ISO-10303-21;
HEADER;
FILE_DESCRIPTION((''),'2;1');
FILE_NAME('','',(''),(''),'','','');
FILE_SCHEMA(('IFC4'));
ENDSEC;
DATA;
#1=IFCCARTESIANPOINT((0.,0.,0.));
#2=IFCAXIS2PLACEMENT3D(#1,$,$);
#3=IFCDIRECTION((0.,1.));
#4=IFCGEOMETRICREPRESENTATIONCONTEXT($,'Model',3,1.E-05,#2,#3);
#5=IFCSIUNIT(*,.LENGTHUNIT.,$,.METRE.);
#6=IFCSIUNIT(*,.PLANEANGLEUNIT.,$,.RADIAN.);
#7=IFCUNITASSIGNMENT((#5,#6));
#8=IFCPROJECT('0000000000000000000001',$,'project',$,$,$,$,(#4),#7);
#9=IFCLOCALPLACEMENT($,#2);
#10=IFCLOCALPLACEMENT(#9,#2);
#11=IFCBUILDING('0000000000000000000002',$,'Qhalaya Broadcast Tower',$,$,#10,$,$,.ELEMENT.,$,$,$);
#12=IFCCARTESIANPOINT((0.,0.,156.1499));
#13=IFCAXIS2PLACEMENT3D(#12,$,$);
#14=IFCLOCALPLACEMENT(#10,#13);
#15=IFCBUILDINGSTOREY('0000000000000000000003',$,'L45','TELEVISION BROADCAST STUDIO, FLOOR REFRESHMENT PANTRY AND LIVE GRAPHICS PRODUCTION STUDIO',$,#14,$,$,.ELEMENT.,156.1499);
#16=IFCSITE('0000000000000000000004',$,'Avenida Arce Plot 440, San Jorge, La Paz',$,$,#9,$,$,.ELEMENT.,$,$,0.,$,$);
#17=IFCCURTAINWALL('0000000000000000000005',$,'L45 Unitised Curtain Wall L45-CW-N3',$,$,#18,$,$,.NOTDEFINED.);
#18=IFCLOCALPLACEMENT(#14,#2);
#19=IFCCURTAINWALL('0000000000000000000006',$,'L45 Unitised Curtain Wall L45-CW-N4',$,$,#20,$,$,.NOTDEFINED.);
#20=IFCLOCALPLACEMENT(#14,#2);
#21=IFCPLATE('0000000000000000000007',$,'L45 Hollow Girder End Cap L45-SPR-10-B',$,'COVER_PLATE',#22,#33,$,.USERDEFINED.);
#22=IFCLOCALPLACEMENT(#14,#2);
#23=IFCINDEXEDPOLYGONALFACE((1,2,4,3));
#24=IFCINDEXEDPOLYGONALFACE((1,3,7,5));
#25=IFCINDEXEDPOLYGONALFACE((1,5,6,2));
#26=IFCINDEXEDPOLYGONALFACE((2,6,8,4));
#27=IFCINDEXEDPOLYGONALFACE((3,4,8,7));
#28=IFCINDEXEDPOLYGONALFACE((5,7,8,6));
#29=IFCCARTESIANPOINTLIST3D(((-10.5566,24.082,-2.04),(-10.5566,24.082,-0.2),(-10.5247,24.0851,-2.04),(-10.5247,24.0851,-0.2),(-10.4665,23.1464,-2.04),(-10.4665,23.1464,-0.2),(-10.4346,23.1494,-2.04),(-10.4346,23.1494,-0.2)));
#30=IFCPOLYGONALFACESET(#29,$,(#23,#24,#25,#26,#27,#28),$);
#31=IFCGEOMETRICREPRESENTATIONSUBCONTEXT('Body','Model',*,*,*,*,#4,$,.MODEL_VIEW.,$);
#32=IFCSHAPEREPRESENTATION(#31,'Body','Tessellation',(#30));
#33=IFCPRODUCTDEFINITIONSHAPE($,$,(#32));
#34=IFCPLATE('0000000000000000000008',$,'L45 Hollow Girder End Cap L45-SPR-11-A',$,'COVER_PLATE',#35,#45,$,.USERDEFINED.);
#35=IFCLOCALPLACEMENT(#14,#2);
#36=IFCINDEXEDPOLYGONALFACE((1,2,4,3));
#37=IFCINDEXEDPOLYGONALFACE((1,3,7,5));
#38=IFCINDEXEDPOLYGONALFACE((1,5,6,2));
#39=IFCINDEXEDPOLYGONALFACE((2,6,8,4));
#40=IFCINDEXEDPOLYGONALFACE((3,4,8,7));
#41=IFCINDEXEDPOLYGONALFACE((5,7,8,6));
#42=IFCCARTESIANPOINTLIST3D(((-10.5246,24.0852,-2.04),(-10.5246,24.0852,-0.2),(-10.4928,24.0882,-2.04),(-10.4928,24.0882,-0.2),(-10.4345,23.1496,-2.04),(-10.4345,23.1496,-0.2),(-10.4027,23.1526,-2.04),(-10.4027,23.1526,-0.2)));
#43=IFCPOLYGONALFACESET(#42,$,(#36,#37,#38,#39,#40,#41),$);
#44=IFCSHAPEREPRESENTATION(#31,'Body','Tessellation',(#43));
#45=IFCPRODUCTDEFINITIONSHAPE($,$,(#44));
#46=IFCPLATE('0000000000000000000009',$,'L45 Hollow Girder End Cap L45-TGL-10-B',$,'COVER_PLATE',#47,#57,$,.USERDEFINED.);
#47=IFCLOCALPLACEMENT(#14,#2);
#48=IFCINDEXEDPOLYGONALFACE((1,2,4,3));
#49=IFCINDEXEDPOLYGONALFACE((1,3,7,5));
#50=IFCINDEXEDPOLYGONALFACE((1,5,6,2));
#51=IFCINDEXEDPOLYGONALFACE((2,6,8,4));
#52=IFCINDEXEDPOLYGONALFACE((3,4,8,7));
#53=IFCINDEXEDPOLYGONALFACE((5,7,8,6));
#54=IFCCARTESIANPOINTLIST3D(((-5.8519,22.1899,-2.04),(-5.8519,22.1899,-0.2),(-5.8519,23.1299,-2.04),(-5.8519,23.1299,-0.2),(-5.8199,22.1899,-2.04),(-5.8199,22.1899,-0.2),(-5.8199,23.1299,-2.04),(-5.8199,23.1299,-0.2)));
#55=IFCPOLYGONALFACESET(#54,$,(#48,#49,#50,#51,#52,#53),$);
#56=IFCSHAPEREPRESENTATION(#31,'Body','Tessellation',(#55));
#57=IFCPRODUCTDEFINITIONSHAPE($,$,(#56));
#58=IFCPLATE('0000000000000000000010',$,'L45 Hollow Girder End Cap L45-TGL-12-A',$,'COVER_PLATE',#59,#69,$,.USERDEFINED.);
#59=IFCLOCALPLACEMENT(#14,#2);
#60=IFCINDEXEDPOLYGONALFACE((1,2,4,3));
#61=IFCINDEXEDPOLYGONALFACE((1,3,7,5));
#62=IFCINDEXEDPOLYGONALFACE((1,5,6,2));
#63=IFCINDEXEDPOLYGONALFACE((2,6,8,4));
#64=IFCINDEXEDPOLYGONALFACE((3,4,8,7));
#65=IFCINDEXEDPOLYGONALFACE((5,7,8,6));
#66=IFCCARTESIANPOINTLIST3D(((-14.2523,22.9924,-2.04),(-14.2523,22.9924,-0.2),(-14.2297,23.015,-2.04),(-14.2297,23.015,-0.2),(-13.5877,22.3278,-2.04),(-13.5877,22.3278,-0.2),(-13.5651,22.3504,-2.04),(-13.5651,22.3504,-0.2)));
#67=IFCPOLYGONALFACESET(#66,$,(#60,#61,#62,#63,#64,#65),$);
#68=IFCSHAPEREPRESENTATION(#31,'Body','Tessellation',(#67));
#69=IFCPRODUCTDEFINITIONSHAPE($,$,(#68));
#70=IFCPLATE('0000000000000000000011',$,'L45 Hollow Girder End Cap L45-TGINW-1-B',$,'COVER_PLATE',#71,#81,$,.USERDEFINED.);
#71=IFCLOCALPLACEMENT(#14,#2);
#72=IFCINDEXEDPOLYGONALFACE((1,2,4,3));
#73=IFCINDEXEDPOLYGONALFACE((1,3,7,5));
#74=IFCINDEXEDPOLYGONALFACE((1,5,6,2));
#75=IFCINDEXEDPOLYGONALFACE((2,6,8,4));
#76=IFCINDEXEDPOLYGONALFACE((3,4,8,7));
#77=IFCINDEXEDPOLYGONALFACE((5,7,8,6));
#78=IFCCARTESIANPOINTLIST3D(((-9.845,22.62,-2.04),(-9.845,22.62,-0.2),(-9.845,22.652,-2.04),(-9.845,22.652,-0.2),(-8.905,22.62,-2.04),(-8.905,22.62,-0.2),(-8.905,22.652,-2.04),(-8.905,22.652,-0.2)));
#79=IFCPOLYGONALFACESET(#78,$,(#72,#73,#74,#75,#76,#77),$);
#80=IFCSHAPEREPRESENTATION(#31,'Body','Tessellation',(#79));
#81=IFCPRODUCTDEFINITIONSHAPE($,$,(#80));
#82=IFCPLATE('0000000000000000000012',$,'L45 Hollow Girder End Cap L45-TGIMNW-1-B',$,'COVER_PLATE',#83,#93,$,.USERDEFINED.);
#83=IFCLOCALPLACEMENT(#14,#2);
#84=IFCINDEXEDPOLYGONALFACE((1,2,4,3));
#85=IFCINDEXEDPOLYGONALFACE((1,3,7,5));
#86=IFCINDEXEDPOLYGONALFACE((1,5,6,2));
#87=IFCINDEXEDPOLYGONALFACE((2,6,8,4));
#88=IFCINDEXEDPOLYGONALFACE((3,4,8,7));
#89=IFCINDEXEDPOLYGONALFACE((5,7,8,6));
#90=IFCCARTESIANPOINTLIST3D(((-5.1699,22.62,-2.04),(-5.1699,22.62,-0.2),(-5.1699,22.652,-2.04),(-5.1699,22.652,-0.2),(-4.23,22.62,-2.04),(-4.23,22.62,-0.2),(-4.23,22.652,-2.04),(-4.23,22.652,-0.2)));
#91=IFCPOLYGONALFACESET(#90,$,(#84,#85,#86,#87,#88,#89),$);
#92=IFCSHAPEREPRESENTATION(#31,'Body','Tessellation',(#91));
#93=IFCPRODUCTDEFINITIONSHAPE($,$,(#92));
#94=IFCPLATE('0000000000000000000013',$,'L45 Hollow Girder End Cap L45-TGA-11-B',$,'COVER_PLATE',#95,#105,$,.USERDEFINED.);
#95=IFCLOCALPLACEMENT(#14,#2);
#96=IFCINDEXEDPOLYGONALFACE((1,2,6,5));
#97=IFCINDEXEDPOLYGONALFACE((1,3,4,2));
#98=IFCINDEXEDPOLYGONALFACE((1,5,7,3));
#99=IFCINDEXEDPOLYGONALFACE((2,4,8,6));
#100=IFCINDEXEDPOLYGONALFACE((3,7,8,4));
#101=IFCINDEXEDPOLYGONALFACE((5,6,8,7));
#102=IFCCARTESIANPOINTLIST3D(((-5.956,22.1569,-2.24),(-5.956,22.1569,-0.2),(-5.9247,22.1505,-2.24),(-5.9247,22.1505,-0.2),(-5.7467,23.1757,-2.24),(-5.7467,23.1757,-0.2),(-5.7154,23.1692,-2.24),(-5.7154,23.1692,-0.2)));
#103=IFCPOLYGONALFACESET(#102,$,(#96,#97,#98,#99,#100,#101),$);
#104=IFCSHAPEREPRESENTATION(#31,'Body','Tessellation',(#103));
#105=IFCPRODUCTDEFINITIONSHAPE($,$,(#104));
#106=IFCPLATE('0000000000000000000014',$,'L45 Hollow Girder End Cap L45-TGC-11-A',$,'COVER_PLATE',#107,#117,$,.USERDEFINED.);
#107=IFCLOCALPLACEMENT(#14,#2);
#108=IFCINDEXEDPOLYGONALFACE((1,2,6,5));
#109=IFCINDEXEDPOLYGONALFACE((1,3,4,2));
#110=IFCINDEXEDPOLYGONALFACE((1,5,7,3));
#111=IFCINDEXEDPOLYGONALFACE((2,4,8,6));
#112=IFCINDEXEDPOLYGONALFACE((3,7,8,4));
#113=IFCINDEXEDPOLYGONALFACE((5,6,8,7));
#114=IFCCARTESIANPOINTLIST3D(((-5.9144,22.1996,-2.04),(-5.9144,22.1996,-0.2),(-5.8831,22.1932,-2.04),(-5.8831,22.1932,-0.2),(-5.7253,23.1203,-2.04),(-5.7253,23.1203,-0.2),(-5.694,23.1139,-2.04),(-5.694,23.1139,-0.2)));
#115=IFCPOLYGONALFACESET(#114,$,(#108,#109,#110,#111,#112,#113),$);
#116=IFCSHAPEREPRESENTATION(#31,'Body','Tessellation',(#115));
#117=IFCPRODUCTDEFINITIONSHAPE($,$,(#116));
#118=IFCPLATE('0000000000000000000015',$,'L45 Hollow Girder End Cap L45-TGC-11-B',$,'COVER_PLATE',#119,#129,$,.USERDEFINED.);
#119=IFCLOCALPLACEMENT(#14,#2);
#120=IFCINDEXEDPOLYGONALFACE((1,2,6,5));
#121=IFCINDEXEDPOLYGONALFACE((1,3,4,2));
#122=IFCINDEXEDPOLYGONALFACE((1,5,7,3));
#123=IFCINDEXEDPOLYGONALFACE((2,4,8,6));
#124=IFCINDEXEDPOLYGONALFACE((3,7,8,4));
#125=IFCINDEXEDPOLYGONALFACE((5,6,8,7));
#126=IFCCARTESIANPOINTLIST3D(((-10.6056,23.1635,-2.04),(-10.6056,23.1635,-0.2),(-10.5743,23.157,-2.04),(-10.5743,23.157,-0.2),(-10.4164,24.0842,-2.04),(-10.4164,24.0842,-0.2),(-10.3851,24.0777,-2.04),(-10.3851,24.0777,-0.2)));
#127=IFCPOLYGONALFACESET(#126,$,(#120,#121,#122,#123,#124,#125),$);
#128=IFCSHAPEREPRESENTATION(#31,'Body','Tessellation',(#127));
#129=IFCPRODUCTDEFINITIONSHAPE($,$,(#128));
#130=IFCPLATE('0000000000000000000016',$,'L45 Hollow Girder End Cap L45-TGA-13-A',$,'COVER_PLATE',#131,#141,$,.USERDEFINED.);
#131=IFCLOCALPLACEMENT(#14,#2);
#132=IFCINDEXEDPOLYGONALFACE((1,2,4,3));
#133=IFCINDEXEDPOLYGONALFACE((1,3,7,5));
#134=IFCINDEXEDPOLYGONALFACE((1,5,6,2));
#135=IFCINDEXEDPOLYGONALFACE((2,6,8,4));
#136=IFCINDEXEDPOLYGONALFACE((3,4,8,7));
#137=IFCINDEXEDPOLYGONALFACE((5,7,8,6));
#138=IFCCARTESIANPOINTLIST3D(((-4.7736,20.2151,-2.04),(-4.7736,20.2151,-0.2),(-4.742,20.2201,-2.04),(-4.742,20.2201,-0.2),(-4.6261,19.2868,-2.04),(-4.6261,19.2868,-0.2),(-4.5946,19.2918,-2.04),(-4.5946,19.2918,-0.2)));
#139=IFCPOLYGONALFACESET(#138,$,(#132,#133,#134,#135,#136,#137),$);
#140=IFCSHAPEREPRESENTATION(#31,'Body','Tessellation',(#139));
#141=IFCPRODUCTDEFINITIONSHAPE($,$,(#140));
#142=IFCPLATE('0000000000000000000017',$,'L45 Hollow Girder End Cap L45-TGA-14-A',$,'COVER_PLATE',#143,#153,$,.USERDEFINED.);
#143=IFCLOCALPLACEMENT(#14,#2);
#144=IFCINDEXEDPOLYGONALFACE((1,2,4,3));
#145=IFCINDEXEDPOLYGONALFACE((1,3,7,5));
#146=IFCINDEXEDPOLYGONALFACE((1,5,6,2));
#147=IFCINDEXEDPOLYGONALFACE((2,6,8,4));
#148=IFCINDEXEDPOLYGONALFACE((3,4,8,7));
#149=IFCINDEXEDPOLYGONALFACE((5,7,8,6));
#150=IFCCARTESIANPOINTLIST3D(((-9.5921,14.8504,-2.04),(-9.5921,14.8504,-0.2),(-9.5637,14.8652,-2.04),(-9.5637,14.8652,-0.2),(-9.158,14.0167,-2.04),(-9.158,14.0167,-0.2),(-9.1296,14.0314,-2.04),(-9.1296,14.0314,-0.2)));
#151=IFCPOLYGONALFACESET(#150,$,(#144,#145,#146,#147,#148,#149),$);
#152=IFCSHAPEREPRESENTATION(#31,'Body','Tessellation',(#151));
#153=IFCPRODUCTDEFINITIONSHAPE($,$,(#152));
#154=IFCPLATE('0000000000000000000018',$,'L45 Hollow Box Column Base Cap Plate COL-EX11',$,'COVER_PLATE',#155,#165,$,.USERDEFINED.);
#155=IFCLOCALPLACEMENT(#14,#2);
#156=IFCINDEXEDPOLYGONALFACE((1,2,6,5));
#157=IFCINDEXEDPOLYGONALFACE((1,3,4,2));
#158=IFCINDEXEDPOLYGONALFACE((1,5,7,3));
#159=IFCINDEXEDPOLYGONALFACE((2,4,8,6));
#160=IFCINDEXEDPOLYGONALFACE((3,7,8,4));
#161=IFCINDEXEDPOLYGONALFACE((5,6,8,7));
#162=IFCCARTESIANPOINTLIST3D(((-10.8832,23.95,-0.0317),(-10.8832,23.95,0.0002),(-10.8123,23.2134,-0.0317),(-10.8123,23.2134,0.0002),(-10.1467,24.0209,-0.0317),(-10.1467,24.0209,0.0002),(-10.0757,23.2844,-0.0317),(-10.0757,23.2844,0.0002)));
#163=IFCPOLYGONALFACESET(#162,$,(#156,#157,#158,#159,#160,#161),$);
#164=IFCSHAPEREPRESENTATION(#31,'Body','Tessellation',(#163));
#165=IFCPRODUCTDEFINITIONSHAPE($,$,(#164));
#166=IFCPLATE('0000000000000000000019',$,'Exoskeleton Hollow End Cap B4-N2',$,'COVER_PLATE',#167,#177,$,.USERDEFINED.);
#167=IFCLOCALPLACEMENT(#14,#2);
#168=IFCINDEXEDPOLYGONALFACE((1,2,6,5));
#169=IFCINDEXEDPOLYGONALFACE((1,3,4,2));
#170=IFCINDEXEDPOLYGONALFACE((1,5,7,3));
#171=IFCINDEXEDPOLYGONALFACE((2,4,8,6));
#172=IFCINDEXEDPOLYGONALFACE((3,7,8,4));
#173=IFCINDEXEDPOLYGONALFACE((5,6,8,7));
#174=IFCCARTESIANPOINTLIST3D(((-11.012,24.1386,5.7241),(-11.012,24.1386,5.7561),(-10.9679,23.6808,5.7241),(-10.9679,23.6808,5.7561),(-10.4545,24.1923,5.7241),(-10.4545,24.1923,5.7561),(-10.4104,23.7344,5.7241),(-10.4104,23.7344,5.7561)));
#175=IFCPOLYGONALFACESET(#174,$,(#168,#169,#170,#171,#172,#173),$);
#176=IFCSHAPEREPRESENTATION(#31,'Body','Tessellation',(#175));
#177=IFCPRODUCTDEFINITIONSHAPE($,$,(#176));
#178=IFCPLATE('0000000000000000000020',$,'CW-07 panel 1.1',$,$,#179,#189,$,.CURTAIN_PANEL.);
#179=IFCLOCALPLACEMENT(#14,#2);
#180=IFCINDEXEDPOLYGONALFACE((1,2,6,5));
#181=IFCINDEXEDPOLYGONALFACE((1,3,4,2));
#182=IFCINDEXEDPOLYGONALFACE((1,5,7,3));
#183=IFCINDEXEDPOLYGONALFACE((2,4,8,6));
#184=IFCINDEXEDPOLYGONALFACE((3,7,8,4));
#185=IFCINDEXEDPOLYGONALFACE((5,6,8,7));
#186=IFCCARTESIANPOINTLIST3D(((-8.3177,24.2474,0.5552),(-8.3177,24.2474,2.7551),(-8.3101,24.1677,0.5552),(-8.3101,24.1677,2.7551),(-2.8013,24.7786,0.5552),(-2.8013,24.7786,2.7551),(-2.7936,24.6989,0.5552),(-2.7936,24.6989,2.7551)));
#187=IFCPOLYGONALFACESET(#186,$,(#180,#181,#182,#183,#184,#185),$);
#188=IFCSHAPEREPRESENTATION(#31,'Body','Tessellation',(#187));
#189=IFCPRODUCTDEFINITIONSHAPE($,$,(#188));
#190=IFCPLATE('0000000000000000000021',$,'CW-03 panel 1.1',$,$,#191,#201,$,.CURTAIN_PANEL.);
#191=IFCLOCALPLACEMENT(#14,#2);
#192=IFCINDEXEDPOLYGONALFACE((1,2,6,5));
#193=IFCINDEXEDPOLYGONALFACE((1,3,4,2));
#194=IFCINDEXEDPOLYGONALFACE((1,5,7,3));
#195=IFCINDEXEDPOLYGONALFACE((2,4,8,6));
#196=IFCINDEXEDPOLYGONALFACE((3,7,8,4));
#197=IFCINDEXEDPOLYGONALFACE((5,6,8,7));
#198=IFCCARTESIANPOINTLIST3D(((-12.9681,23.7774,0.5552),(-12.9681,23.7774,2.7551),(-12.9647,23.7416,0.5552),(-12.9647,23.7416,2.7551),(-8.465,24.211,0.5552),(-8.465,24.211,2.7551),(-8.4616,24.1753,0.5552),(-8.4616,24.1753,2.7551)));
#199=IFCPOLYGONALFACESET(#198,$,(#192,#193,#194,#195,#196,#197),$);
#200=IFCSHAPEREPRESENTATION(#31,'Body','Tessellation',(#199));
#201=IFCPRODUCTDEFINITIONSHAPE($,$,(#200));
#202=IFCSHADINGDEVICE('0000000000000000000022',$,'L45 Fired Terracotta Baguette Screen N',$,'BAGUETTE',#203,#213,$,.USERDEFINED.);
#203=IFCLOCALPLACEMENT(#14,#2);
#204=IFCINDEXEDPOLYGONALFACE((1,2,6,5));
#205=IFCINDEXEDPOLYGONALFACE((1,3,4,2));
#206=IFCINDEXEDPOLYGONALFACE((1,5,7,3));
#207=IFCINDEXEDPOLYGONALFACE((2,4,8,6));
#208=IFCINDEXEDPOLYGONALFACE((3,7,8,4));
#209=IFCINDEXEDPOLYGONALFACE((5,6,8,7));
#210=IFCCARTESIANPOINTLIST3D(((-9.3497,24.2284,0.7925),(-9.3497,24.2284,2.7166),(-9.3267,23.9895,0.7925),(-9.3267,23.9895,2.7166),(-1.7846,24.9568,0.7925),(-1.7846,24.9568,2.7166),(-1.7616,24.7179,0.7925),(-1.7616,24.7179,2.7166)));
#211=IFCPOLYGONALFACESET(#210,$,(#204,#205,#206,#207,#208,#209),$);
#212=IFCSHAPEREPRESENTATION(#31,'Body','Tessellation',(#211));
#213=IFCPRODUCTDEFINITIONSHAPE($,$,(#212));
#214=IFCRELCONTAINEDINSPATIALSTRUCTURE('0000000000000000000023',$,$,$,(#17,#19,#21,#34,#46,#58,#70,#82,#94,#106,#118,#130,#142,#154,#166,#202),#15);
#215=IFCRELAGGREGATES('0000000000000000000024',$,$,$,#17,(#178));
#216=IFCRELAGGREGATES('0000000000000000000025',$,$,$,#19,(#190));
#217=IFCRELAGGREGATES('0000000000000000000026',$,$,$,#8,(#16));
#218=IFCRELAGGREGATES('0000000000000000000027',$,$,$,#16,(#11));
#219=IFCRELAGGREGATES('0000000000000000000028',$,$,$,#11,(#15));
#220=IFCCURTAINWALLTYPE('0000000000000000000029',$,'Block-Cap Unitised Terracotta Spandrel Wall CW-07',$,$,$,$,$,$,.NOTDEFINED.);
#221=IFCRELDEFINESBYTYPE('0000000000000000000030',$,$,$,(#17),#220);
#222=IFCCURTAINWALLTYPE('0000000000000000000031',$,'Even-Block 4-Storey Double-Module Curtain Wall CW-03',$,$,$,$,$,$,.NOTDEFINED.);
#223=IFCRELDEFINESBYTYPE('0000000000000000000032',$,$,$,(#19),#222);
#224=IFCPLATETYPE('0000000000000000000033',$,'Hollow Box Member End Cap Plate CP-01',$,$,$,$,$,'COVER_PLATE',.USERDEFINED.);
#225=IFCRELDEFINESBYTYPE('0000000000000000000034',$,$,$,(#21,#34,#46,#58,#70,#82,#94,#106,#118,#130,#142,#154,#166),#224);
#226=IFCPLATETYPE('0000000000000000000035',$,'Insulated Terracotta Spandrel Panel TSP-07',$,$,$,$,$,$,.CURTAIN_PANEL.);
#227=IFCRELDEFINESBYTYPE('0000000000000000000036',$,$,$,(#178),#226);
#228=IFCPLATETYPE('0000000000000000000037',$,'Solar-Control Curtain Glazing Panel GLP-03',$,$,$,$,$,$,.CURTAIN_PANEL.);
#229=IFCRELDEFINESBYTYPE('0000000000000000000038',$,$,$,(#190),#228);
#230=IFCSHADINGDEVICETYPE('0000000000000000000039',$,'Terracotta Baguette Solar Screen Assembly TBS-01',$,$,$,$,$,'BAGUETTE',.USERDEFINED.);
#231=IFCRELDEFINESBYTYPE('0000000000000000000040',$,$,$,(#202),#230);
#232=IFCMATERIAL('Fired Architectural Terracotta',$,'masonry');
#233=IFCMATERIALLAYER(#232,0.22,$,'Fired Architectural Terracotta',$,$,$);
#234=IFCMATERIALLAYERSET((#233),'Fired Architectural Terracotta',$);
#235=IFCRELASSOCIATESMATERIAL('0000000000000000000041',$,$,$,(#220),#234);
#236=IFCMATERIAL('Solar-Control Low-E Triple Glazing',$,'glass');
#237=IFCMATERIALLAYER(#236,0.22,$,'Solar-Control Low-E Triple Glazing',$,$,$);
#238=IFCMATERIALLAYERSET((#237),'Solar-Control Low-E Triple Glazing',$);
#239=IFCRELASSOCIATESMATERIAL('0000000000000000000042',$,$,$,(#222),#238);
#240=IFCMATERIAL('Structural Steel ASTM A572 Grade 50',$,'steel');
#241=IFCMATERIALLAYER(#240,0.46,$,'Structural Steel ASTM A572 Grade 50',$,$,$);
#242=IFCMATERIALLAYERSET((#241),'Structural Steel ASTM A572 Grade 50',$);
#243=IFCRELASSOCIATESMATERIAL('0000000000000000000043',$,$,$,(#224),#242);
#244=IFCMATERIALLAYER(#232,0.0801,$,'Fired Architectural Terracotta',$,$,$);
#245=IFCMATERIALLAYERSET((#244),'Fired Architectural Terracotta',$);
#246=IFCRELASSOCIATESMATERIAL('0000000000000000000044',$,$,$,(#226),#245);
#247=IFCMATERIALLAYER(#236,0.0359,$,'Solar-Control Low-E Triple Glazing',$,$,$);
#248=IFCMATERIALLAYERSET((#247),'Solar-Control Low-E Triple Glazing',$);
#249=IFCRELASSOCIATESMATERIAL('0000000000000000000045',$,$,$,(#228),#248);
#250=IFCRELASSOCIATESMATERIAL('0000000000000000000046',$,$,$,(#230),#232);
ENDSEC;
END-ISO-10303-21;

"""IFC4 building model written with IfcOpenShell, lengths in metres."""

from ifc_helpers import new_model, si_unit, direction, frame, origin, origin_2d, place, context, subcontext, project, spatial, rectangle, extrude, material, layer, layer_set, type_object, element, aggregate, save


model = new_model("IFC4")

# Units and contexts
model_context = context("Model", 3, precision=1e-05, world=origin(), true_north=direction((0.0, 1.0)))
body_context = subcontext(model_context, "Body", "Model", "MODEL_VIEW")
ifc_project = project(units=[si_unit("LENGTHUNIT", "METRE"), si_unit("PLANEANGLEUNIT", "RADIAN")], contexts=[model_context])

# Site, building, storey
site_placement = place(None, origin())
site = spatial("IfcSite", under=ifc_project, at=site_placement, Name="Avenida Arce Plot 440, San Jorge, La Paz", CompositionType="ELEMENT", RefElevation=0.0)
building_placement = place(site_placement, origin())
building = spatial("IfcBuilding", under=site, at=building_placement, Name="Qhalaya Broadcast Tower", CompositionType="ELEMENT")
storey_placement = place(building_placement, frame((0.0, 0.0, 156.1499)))
storey = spatial("IfcBuildingStorey", under=building, at=storey_placement, Name="L45", Description="TELEVISION BROADCAST STUDIO, FLOOR REFRESHMENT PANTRY AND LIVE GRAPHICS PRODUCTION STUDIO", CompositionType="ELEMENT", Elevation=156.1499)

# Shared definitions
ifc_material_1 = material(Name="Structural Steel ASTM A572 Grade 50", Category="steel")

# Curtain wall
ifc_material_2 = material(Name="Fired Architectural Terracotta", Category="masonry")
ifc_layer_1 = layer(ifc_material_2, 0.22, Name="Fired Architectural Terracotta")
ifc_layer_set_1 = layer_set([ifc_layer_1], Name="Fired Architectural Terracotta")
curtain_wall_type_1 = type_object("IfcCurtainWallType", Name="Block-Cap Unitised Terracotta Spandrel Wall CW-07", PredefinedType="NOTDEFINED", material=ifc_layer_set_1)
curtain_wall_1_placement = place(storey_placement, origin())
curtain_wall_1 = element("IfcCurtainWall", 1, at=curtain_wall_1_placement, inside=storey, type_object=curtain_wall_type_1, Name="L45 Unitised Curtain Wall L45-CW-N3", PredefinedType="NOTDEFINED")

# Curtain wall
ifc_material_3 = material(Name="Solar-Control Low-E Triple Glazing", Category="glass")
ifc_layer_2 = layer(ifc_material_3, 0.22, Name="Solar-Control Low-E Triple Glazing")
ifc_layer_set_2 = layer_set([ifc_layer_2], Name="Solar-Control Low-E Triple Glazing")
curtain_wall_type_2 = type_object("IfcCurtainWallType", Name="Even-Block 4-Storey Double-Module Curtain Wall CW-03", PredefinedType="NOTDEFINED", material=ifc_layer_set_2)
curtain_wall_2_placement = place(storey_placement, origin())
curtain_wall_2 = element("IfcCurtainWall", 2, at=curtain_wall_2_placement, inside=storey, type_object=curtain_wall_type_2, Name="L45 Unitised Curtain Wall L45-CW-N4", PredefinedType="NOTDEFINED")

# Plates
ifc_layer_3 = layer(ifc_material_1, 0.46, Name="Structural Steel ASTM A572 Grade 50")
ifc_layer_set_3 = layer_set([ifc_layer_3], Name="Structural Steel ASTM A572 Grade 50")
plate_type_1 = type_object("IfcPlateType", Name="Hollow Box Member End Cap Plate CP-01", ElementType="COVER_PLATE", PredefinedType="USERDEFINED", material=ifc_layer_set_3)
for number, where, z_axis, x_axis, name in (
    (3, (-10.4956, 23.6157, -2.04), (0.0, 0.0, 1.0), (0.095846, -0.995396, 0.0), "L45 Hollow Girder End Cap L45-SPR-10-B"),
    (4, (-10.4636, 23.6189, -2.04), (0.0, 0.0, 1.0), (0.095846, -0.995396, 0.0), "L45 Hollow Girder End Cap L45-SPR-11-A"),
    (5, (-5.8359, 22.6599, -2.04), (0.0, 0.0, 1.0), (0.0, -1.0, 0.0), "L45 Hollow Girder End Cap L45-TGL-10-B"),
    (6, (-13.9087, 22.6714, -2.04), (0.0, 0.0, 1.0), (0.707107, -0.707107, 0.0), "L45 Hollow Girder End Cap L45-TGL-12-A"),
    (7, (-9.375, 22.636, -2.04), (0.0, 0.0, 1.0), (-1.0, 0.0, 0.0), "L45 Hollow Girder End Cap L45-TGINW-1-B"),
    (8, (-4.7, 22.636, -2.04), (0.0, 0.0, 1.0), (-1.0, 0.0, 0.0), "L45 Hollow Girder End Cap L45-TGIMNW-1-B"),
):
    element("IfcPlate", number, at=place(storey_placement, frame(where, z_axis=z_axis, x_axis=x_axis)), inside=storey, type_object=plate_type_1, Name=name, ObjectType="COVER_PLATE", PredefinedType="USERDEFINED", context=body_context, shape_type="SweptSolid", body=[
        extrude(rectangle(XDim=0.9399, YDim=0.032, at=origin_2d()), origin(), (0.0, 0.0, 1.0), 1.8401),
    ])
plate_1_placement = place(storey_placement, frame((-5.8357, 22.6631, -2.24), z_axis=(0.0, 0.0, 1.0), x_axis=(-0.201249, -0.97954, 0.0)))
element("IfcPlate", 9, at=plate_1_placement, inside=storey, type_object=plate_type_1, Name="L45 Hollow Girder End Cap L45-TGA-11-B", ObjectType="COVER_PLATE", PredefinedType="USERDEFINED", context=body_context, shape_type="SweptSolid", body=[
    extrude(rectangle(XDim=1.04, YDim=0.032, at=origin_2d()), origin(), (0.0, 0.0, 1.0), 2.04),
])
for number, where, z_axis, x_axis, name in (
    (10, (-5.8042, 22.6567, -2.04), (0.0, 0.0, 1.0), (-0.201249, -0.97954, 0.0), "L45 Hollow Girder End Cap L45-TGC-11-A"),
    (11, (-10.4954, 23.6206, -2.04), (0.0, 0.0, 1.0), (-0.201249, -0.97954, 0.0), "L45 Hollow Girder End Cap L45-TGC-11-B"),
    (12, (-4.6841, 19.7534, -2.04), (0.0, 0.0, 1.0), (0.1569, -0.987615, 0.0), "L45 Hollow Girder End Cap L45-TGA-13-A"),
    (13, (-9.3608, 14.4409, -2.04), (0.0, 0.0, 1.0), (0.461795, -0.886987, 0.0), "L45 Hollow Girder End Cap L45-TGA-14-A"),
):
    element("IfcPlate", number, at=place(storey_placement, frame(where, z_axis=z_axis, x_axis=x_axis)), inside=storey, type_object=plate_type_1, Name=name, ObjectType="COVER_PLATE", PredefinedType="USERDEFINED", context=body_context, shape_type="SweptSolid", body=[
        extrude(rectangle(XDim=0.9399, YDim=0.032, at=origin_2d()), origin(), (0.0, 0.0, 1.0), 1.8401),
    ])
plate_2_placement = place(storey_placement, frame((-10.4795, 23.6172, -0.0317), z_axis=(0.0, 0.0, 1.0), x_axis=(0.995396, 0.095846, 0.0)))
element("IfcPlate", 14, at=plate_2_placement, inside=storey, type_object=plate_type_1, Name="L45 Hollow Box Column Base Cap Plate COL-EX11", ObjectType="COVER_PLATE", PredefinedType="USERDEFINED", context=body_context, shape_type="SweptSolid", body=[
    extrude(rectangle(XDim=0.74, YDim=0.74, at=origin_2d()), origin(), (0.0, 0.0, 1.0), 0.032),
])
plate_3_placement = place(storey_placement, frame((-10.7112, 23.9365, 5.7241), z_axis=(0.0, 0.0, 1.0), x_axis=(0.995396, 0.095846, 0.0)))
element("IfcPlate", 15, at=plate_3_placement, inside=storey, type_object=plate_type_1, Name="Exoskeleton Hollow End Cap B4-N2", ObjectType="COVER_PLATE", PredefinedType="USERDEFINED", context=body_context, shape_type="SweptSolid", body=[
    extrude(rectangle(XDim=0.5601, YDim=0.46, at=origin_2d()), origin(), (0.0, 0.0, 1.0), 0.032),
])

# Plates
ifc_layer_4 = layer(ifc_material_2, 0.0801, Name="Fired Architectural Terracotta")
ifc_layer_set_4 = layer_set([ifc_layer_4], Name="Fired Architectural Terracotta")
plate_type_2 = type_object("IfcPlateType", Name="Insulated Terracotta Spandrel Panel TSP-07", PredefinedType="CURTAIN_PANEL", material=ifc_layer_set_4)
plate_4_placement = place(storey_placement, frame((-5.5557, 24.4731, 0.5552), z_axis=(0.0, 0.0, 1.0), x_axis=(-0.995395, -0.095854, 0.0)))
plate_4 = element("IfcPlate", 16, at=plate_4_placement, type_object=plate_type_2, Name="CW-07 panel 1.1", PredefinedType="CURTAIN_PANEL", context=body_context, shape_type="SweptSolid", body=[
    extrude(rectangle(XDim=5.542, YDim=0.0801, at=origin_2d()), origin(), (0.0, 0.0, 1.0), 2.2),
])
aggregate(curtain_wall_1, [plate_4])
ifc_layer_5 = layer(ifc_material_3, 0.0359, Name="Solar-Control Low-E Triple Glazing")
ifc_layer_set_5 = layer_set([ifc_layer_5], Name="Solar-Control Low-E Triple Glazing")
plate_type_3 = type_object("IfcPlateType", Name="Solar-Control Curtain Glazing Panel GLP-03", PredefinedType="CURTAIN_PANEL", material=ifc_layer_set_5)
plate_5_placement = place(storey_placement, frame((-10.7148, 23.9763, 0.5552), z_axis=(0.0, 0.0, 1.0), x_axis=(-0.995396, -0.095851, 0.0)))
plate_5 = element("IfcPlate", 17, at=plate_5_placement, type_object=plate_type_3, Name="CW-03 panel 1.1", PredefinedType="CURTAIN_PANEL", context=body_context, shape_type="SweptSolid", body=[
    extrude(rectangle(XDim=4.5239, YDim=0.0359, at=origin_2d()), origin(), (0.0, 0.0, 1.0), 2.2),
])
aggregate(curtain_wall_2, [plate_5])

# Shading device
shading_device_type = type_object("IfcShadingDeviceType", Name="Terracotta Baguette Solar Screen Assembly TBS-01", ElementType="BAGUETTE", PredefinedType="USERDEFINED", material=ifc_material_2)
shading_device_placement = place(storey_placement, frame((-5.5557, 24.4731, 0.7925), z_axis=(0.0, 0.0, 1.0), x_axis=(-0.995396, -0.095846, 0.0)))
element("IfcShadingDevice", 18, at=shading_device_placement, inside=storey, type_object=shading_device_type, Name="L45 Fired Terracotta Baguette Screen N", ObjectType="BAGUETTE", PredefinedType="USERDEFINED", context=body_context, shape_type="SweptSolid", body=[
    extrude(rectangle(XDim=7.6001, YDim=0.24, at=origin_2d()), origin(), (0.0, 0.0, 1.0), 1.9241),
])

save(model, "model.ifc")
